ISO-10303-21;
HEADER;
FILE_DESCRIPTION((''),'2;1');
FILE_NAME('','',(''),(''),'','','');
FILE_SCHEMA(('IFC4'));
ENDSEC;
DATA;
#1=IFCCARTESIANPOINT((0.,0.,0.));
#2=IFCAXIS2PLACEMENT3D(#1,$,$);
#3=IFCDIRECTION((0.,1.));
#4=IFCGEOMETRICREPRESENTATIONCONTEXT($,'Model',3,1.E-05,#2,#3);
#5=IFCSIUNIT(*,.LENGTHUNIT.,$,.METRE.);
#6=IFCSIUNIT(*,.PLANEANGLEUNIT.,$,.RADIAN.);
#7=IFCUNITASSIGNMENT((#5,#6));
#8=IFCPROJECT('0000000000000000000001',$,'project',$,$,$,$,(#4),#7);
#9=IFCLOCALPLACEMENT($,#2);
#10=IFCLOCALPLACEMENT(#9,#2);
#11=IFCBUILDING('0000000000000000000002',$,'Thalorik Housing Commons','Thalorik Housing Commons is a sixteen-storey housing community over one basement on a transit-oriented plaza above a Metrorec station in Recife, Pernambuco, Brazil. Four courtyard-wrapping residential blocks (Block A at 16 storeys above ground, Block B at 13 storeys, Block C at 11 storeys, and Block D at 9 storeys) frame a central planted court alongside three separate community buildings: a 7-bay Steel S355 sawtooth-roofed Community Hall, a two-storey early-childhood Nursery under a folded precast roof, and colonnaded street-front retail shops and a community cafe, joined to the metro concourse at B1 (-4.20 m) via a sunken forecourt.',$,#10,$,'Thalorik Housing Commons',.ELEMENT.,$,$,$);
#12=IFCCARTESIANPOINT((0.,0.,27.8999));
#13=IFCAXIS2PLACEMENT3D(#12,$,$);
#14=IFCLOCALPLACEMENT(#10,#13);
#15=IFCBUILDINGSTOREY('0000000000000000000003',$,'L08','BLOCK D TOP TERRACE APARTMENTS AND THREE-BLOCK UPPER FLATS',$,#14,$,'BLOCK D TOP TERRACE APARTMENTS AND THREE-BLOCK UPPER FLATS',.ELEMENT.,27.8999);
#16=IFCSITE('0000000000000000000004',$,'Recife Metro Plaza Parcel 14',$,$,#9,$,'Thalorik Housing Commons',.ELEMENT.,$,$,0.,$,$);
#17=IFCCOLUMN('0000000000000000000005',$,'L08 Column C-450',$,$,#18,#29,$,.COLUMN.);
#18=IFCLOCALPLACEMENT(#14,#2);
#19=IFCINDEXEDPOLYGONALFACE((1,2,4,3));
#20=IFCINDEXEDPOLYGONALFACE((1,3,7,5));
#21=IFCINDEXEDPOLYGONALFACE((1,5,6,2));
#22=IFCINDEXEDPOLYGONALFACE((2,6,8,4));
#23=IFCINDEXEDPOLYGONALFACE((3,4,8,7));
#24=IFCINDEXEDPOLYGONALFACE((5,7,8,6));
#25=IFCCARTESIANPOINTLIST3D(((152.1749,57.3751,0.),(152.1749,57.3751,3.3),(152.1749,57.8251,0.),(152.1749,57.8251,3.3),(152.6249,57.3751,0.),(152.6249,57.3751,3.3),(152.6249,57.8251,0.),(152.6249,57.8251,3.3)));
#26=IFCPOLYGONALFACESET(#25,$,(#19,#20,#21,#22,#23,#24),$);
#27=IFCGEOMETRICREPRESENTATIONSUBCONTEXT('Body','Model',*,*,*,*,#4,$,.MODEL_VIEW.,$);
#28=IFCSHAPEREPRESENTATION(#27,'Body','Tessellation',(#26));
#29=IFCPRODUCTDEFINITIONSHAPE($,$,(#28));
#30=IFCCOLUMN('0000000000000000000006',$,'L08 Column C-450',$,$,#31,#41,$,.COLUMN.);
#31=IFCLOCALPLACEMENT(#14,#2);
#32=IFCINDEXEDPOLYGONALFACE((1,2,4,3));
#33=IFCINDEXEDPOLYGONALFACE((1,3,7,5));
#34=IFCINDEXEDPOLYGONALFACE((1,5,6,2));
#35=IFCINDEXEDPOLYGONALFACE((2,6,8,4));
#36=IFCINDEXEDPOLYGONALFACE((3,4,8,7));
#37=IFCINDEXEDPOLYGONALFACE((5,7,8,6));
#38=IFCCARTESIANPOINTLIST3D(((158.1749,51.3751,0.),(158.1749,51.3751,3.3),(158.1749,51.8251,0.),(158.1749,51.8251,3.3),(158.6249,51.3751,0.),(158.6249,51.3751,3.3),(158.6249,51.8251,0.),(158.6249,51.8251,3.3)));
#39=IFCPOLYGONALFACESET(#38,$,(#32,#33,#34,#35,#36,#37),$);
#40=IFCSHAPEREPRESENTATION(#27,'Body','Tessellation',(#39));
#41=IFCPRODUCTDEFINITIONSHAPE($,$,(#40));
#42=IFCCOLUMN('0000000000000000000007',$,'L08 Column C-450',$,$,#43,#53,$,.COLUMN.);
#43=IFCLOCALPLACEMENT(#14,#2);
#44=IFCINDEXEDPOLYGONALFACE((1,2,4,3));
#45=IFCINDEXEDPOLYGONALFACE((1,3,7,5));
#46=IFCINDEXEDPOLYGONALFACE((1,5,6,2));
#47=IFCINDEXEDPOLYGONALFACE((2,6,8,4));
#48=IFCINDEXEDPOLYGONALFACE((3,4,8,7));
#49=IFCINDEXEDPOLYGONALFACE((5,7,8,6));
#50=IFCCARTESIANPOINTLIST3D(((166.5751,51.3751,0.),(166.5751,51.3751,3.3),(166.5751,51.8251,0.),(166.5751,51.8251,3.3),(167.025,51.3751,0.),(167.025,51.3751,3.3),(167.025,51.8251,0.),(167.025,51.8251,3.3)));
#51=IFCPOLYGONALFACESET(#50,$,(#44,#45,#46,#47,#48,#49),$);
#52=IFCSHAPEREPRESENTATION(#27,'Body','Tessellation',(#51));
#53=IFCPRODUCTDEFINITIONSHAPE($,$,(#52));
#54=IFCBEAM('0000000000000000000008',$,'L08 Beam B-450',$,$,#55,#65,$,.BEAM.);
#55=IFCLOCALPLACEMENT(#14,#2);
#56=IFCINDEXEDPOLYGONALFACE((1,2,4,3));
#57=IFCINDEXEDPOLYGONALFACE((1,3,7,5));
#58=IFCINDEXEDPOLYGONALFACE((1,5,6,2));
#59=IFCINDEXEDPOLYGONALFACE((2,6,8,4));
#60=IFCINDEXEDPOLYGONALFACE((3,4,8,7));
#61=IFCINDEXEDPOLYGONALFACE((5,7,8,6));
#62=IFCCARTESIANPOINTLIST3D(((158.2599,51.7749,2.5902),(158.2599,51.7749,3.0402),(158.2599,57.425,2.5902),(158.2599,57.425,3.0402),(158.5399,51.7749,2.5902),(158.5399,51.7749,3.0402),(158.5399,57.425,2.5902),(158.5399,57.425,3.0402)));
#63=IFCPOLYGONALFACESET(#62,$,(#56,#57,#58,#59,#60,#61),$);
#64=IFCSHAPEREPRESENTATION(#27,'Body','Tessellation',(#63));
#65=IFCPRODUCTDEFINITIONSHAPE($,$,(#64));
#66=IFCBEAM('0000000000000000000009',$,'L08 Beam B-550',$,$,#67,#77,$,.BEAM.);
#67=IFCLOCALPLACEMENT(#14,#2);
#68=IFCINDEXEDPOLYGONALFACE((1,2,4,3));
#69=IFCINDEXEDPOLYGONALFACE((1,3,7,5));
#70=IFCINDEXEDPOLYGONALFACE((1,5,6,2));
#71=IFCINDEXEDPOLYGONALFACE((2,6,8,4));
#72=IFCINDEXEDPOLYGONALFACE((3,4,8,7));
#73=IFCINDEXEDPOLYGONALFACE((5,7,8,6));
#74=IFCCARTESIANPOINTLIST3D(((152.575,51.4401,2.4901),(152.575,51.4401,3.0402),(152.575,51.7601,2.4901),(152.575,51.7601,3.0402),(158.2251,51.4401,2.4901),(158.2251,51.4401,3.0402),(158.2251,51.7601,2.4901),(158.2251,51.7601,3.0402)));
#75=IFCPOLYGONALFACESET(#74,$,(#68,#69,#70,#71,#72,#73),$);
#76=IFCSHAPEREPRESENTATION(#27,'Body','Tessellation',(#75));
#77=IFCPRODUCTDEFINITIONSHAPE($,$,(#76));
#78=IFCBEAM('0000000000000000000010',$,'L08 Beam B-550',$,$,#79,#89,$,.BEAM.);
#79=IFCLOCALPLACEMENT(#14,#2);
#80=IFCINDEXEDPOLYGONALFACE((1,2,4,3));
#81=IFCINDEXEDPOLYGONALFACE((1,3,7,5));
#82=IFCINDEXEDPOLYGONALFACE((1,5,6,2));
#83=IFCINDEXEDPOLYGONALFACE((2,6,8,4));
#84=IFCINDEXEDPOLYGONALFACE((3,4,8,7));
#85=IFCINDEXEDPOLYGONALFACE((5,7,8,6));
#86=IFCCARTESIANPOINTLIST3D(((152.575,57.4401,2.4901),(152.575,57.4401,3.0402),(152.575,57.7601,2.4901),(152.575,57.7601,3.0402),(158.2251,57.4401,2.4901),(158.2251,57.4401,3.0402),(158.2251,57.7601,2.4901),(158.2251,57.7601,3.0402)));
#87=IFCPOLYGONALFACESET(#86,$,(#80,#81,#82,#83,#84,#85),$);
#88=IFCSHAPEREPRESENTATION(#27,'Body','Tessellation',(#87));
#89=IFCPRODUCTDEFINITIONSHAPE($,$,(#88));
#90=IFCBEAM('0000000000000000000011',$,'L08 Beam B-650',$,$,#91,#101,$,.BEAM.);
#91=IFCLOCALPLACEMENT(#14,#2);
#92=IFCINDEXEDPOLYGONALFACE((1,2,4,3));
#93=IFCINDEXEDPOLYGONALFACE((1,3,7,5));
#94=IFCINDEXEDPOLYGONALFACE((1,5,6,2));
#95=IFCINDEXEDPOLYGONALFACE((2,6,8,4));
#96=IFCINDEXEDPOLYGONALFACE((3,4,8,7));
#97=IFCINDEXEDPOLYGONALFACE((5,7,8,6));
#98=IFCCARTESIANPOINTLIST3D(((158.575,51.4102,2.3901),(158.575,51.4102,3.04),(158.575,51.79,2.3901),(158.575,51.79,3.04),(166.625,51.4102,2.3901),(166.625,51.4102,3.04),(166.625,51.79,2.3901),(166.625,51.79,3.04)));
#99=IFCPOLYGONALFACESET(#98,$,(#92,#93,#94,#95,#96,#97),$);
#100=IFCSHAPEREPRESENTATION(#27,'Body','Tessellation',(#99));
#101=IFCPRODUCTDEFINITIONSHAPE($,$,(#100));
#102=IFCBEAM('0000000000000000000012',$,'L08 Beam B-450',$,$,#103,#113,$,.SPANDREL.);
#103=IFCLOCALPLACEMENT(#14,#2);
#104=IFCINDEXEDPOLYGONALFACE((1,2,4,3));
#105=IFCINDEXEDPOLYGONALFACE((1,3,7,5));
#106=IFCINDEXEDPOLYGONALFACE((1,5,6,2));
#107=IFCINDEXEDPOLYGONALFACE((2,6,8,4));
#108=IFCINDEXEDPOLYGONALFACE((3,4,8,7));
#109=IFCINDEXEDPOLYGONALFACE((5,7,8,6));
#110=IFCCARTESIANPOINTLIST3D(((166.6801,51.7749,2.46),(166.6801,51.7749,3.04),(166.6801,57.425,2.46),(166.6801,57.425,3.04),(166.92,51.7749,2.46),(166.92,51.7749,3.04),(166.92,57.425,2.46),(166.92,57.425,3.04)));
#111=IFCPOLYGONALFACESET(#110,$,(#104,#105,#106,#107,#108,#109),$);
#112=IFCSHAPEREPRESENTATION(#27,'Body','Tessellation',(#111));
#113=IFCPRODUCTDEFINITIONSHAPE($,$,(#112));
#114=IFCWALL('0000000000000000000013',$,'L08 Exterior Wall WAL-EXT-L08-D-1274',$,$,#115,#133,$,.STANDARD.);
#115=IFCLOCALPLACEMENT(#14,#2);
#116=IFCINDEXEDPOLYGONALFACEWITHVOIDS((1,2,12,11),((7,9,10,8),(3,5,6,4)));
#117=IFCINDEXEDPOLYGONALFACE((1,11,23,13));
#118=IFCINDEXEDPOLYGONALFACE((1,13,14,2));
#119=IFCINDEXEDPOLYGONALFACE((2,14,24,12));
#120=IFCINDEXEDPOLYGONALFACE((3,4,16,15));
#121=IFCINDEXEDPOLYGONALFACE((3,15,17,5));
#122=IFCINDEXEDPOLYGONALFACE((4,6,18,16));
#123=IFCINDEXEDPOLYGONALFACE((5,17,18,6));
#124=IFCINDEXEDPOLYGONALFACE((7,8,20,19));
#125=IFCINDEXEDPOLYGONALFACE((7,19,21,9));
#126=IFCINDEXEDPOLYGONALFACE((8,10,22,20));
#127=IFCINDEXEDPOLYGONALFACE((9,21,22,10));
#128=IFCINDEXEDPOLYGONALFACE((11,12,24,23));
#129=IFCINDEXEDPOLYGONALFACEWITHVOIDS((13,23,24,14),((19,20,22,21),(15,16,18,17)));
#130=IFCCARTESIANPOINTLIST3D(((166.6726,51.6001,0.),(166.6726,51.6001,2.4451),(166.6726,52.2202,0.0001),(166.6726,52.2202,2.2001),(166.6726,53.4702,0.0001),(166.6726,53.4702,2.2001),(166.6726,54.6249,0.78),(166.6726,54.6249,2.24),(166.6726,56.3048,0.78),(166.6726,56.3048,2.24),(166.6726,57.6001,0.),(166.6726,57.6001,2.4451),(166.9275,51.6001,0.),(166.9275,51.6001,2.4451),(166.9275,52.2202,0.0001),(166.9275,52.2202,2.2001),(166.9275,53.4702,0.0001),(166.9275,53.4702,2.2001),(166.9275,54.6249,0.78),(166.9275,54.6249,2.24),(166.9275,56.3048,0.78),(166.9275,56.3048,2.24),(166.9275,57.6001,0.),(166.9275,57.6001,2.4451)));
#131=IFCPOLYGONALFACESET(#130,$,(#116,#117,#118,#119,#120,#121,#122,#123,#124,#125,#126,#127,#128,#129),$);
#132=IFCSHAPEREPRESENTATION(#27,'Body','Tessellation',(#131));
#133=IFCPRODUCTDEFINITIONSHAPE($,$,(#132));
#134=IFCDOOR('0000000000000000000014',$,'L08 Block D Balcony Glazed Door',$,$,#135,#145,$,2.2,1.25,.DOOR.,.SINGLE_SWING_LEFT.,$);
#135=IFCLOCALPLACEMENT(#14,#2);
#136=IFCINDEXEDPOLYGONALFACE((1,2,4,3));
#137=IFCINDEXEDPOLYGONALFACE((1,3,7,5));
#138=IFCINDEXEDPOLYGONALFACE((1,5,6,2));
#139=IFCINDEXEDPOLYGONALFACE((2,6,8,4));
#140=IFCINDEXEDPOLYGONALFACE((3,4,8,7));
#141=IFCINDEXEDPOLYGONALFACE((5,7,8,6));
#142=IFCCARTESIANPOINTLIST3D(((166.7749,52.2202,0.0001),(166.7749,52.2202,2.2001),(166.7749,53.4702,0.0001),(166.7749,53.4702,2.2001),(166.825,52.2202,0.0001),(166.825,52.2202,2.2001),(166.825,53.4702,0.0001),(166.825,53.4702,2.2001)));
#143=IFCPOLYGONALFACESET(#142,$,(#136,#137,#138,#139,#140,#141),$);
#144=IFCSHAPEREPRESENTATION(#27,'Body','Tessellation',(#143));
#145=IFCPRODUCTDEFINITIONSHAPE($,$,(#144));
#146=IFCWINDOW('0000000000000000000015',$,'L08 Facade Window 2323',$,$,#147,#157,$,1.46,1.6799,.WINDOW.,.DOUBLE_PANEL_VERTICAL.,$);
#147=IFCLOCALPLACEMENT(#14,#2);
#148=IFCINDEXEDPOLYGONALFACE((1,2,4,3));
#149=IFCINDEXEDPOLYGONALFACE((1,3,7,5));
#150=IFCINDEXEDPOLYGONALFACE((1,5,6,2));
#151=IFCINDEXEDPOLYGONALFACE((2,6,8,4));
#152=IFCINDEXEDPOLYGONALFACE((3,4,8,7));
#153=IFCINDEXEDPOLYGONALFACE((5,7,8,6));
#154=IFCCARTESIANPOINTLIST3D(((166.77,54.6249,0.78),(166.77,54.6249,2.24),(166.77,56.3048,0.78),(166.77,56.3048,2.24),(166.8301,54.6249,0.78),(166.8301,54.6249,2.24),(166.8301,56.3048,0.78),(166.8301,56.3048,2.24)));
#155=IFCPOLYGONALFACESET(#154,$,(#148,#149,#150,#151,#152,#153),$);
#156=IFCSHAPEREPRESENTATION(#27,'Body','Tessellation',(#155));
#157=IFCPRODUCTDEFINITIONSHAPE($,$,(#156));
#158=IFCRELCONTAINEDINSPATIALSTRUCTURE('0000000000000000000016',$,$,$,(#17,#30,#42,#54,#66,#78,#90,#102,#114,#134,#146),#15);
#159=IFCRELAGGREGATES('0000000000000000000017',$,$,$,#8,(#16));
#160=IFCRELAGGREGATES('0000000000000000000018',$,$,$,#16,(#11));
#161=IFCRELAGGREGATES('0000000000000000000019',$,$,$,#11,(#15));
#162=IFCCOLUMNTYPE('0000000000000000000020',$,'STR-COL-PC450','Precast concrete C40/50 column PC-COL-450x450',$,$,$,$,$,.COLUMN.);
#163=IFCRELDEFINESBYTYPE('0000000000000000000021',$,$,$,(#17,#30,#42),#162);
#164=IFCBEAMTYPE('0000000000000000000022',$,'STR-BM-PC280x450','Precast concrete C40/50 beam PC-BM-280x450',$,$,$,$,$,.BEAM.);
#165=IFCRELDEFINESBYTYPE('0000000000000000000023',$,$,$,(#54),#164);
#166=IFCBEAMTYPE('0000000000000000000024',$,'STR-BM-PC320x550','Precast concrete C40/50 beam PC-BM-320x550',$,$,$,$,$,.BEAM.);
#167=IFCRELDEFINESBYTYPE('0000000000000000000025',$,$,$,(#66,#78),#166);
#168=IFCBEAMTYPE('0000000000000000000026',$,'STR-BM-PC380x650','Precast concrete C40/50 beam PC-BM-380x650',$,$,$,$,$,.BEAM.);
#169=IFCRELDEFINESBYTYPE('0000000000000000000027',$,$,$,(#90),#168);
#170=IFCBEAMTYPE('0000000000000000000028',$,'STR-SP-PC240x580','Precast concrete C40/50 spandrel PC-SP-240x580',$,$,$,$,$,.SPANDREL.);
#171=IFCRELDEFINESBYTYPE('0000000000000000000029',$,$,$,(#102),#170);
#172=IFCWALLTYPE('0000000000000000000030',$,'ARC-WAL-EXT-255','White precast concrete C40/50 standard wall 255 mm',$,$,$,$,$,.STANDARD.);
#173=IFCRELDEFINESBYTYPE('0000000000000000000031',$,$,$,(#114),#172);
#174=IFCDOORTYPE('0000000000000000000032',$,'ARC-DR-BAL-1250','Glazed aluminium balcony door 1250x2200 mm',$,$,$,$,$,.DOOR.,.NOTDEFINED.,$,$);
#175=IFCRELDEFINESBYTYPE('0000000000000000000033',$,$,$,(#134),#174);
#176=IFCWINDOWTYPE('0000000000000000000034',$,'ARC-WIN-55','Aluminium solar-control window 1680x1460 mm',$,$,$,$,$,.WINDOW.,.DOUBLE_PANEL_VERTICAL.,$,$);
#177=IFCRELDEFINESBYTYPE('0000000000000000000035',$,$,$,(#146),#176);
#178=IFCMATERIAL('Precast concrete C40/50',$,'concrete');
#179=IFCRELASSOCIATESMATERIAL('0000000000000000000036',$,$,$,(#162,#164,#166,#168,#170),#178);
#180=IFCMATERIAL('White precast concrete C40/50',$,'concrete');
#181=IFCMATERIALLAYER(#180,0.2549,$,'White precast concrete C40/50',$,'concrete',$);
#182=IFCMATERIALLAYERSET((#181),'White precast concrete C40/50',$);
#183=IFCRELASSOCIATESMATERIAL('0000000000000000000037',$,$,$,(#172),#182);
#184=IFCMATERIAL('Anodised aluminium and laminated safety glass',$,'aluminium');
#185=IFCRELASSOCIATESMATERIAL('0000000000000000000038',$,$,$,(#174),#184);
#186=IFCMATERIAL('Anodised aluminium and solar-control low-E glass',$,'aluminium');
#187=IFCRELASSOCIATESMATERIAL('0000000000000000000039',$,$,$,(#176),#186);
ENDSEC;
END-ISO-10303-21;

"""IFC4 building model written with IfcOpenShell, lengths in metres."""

from ifc_helpers import new_model, si_unit, direction, frame, frame_2d, origin, origin_2d, place, context, subcontext, project, spatial, rectangle, extrude, material, layer, layer_set, material_profile, profile_set, type_object, element, fill, save


model = new_model("IFC4")

# Units and contexts
model_context = context("Model", 3, precision=1e-05, world=origin(), true_north=direction((0.0, 1.0)))
body_context = subcontext(model_context, "Body", "Model", "MODEL_VIEW")
ifc_project = project(units=[si_unit("LENGTHUNIT", "METRE"), si_unit("PLANEANGLEUNIT", "RADIAN")], contexts=[model_context])

# Site, building, storey
site_placement = place(None, origin())
site = spatial("IfcSite", under=ifc_project, at=site_placement, Name="Recife Metro Plaza Parcel 14", LongName="Thalorik Housing Commons", CompositionType="ELEMENT", RefElevation=0.0)
building_placement = place(site_placement, origin())
building = spatial("IfcBuilding", under=site, at=building_placement, Name="Thalorik Housing Commons", Description="Thalorik Housing Commons is a sixteen-storey housing community over one basement on a transit-oriented plaza above a Metrorec station in Recife, Pernambuco, Brazil. Four courtyard-wrapping residential blocks (Block A at 16 storeys above ground, Block B at 13 storeys, Block C at 11 storeys, and Block D at 9 storeys) frame a central planted court alongside three separate community buildings: a 7-bay Steel S355 sawtooth-roofed Community Hall, a two-storey early-childhood Nursery under a folded precast roof, and colonnaded street-front retail shops and a community cafe, joined to the metro concourse at B1 (-4.20 m) via a sunken forecourt.", LongName="Thalorik Housing Commons", CompositionType="ELEMENT")
storey_placement = place(building_placement, frame((0.0, 0.0, 27.8999)))
storey = spatial("IfcBuildingStorey", under=building, at=storey_placement, Name="L08", Description="BLOCK D TOP TERRACE APARTMENTS AND THREE-BLOCK UPPER FLATS", LongName="BLOCK D TOP TERRACE APARTMENTS AND THREE-BLOCK UPPER FLATS", CompositionType="ELEMENT", Elevation=27.8999)

# Columns
ifc_material_1 = material(Name="Precast concrete C40/50", Category="concrete")
ifc_material_profile_1 = material_profile(ifc_material_1, rectangle(XDim=0.45, YDim=0.45, at=origin_2d()), Name="PC 450x450", Category="concrete")
ifc_profile_set_1 = profile_set([ifc_material_profile_1], Name="Precast concrete C40/50")
column_type = type_object("IfcColumnType", Name="STR-COL-PC450", Description="Precast concrete C40/50 column PC-COL-450x450", PredefinedType="COLUMN", material=ifc_profile_set_1)
for number, where, z_axis, x_axis, name in (
    (1, (152.3999, 57.6001, 0.0), (0.0, 0.0, 1.0), (1.0, 0.0, 0.0), "L08 Column C-450"),
    (2, (158.3999, 51.6001, 0.0), (0.0, 0.0, 1.0), (1.0, 0.0, 0.0), "L08 Column C-450"),
    (3, (166.8, 51.6001, 0.0), (0.0, 0.0, 1.0), (1.0, 0.0, 0.0), "L08 Column C-450"),
):
    element("IfcColumn", number, at=place(storey_placement, frame(where, z_axis=z_axis, x_axis=x_axis)), inside=storey, type_object=column_type, Name=name, PredefinedType="COLUMN", context=body_context, shape_type="SweptSolid", body=[
        extrude(rectangle(XDim=0.45, YDim=0.45, at=origin_2d()), origin(), (0.0, 0.0, 1.0), 3.3),
    ])

# Beams
ifc_material_profile_2 = material_profile(ifc_material_1, rectangle(XDim=0.28, YDim=0.45, at=origin_2d()), Name="PC 280x450", Category="concrete")
ifc_profile_set_2 = profile_set([ifc_material_profile_2], Name="Precast concrete C40/50")
beam_type_1 = type_object("IfcBeamType", Name="STR-BM-PC280x450", Description="Precast concrete C40/50 beam PC-BM-280x450", PredefinedType="BEAM", material=ifc_profile_set_2)
beam_1_placement = place(storey_placement, frame((158.3999, 51.7749, 2.8152), z_axis=(0.0, 1.0, 0.0), x_axis=(-1.0, 0.0, 0.0)))
element("IfcBeam", 4, at=beam_1_placement, inside=storey, type_object=beam_type_1, Name="L08 Beam B-450", PredefinedType="BEAM", context=body_context, shape_type="SweptSolid", body=[
    extrude(rectangle(XDim=0.28, YDim=0.45, at=origin_2d()), origin(), (0.0, 0.0, 1.0), 5.6501),
])
ifc_material_profile_3 = material_profile(ifc_material_1, rectangle(XDim=0.3201, YDim=0.55, at=origin_2d()), Name="PC 320x550", Category="concrete")
ifc_profile_set_3 = profile_set([ifc_material_profile_3], Name="Precast concrete C40/50")
beam_type_2 = type_object("IfcBeamType", Name="STR-BM-PC320x550", Description="Precast concrete C40/50 beam PC-BM-320x550", PredefinedType="BEAM", material=ifc_profile_set_3)
for number, where, z_axis, x_axis, name in (
    (5, (152.575, 51.6001, 2.7651), (1.0, 0.0, 0.0), (0.0, 1.0, 0.0), "L08 Beam B-550"),
    (6, (152.575, 57.6001, 2.7651), (1.0, 0.0, 0.0), (0.0, 1.0, 0.0), "L08 Beam B-550"),
):
    element("IfcBeam", number, at=place(storey_placement, frame(where, z_axis=z_axis, x_axis=x_axis)), inside=storey, type_object=beam_type_2, Name=name, PredefinedType="BEAM", context=body_context, shape_type="SweptSolid", body=[
        extrude(rectangle(XDim=0.3201, YDim=0.55, at=origin_2d()), origin(), (0.0, 0.0, 1.0), 5.6501),
    ])
ifc_material_profile_4 = material_profile(ifc_material_1, rectangle(XDim=0.3799, YDim=0.6499, at=origin_2d()), Name="PC 380x650", Category="concrete")
ifc_profile_set_4 = profile_set([ifc_material_profile_4], Name="Precast concrete C40/50")
beam_type_3 = type_object("IfcBeamType", Name="STR-BM-PC380x650", Description="Precast concrete C40/50 beam PC-BM-380x650", PredefinedType="BEAM", material=ifc_profile_set_4)
beam_2_placement = place(storey_placement, frame((158.575, 51.6001, 2.7151), z_axis=(1.0, 0.0, 0.0), x_axis=(0.0, 1.0, 0.0)))
element("IfcBeam", 7, at=beam_2_placement, inside=storey, type_object=beam_type_3, Name="L08 Beam B-650", PredefinedType="BEAM", context=body_context, shape_type="SweptSolid", body=[
    extrude(rectangle(XDim=0.3799, YDim=0.6499, at=origin_2d()), origin(), (0.0, 0.0, 1.0), 8.05),
])
ifc_material_profile_5 = material_profile(ifc_material_1, rectangle(XDim=0.24, YDim=0.5801, at=origin_2d()), Name="PC SP 240x580", Category="concrete")
ifc_profile_set_5 = profile_set([ifc_material_profile_5], Name="Precast concrete C40/50")
beam_type_4 = type_object("IfcBeamType", Name="STR-SP-PC240x580", Description="Precast concrete C40/50 spandrel PC-SP-240x580", PredefinedType="SPANDREL", material=ifc_profile_set_5)
beam_3_placement = place(storey_placement, frame((166.8, 51.7749, 2.75), z_axis=(0.0, 1.0, 0.0), x_axis=(-1.0, 0.0, 0.0)))
element("IfcBeam", 8, at=beam_3_placement, inside=storey, type_object=beam_type_4, Name="L08 Beam B-450", PredefinedType="SPANDREL", context=body_context, shape_type="SweptSolid", body=[
    extrude(rectangle(XDim=0.24, YDim=0.5801, at=origin_2d()), origin(), (0.0, 0.0, 1.0), 5.6501),
])

# Wall, openings, door, window
ifc_material_2 = material(Name="White precast concrete C40/50", Category="concrete")
ifc_layer_1 = layer(ifc_material_2, 0.2549, Name="White precast concrete C40/50", Category="concrete")
ifc_layer_set_1 = layer_set([ifc_layer_1], Name="White precast concrete C40/50")
wall_type_1 = type_object("IfcWallType", Name="ARC-WAL-EXT-255", Description="White precast concrete C40/50 standard wall 255 mm", PredefinedType="STANDARD", material=ifc_layer_set_1)
wall_1_placement = place(storey_placement, frame((166.8, 51.6001, 0.0), z_axis=(0.0, 0.0, 1.0), x_axis=(0.0, 1.0, 0.0)))
wall_1 = element("IfcWall", 9, at=wall_1_placement, inside=storey, type_object=wall_type_1, Name="L08 Exterior Wall WAL-EXT-L08-D-1274", PredefinedType="STANDARD", context=body_context, shape_type="SweptSolid", body=[
    extrude(rectangle(XDim=6.0, YDim=0.2549, at=frame_2d((3.0, 0.0))), origin(), (0.0, 0.0, 1.0), 2.4451),
])
opening_1_placement = place(wall_1_placement, frame((0.6201, 0.0, 0.0)))
opening_1 = element("IfcOpeningElement", 10, at=opening_1_placement, cuts=wall_1, PredefinedType="OPENING", context=body_context, shape_type="SweptSolid", body=[
    extrude(rectangle(XDim=1.25, YDim=2.2, at=frame_2d((0.625, 1.1001))), frame((0.0, 0.1375, 0.0), z_axis=(0.0, -1.0, 0.0), x_axis=(1.0, 0.0, 0.0)), (0.0, 0.0, 1.0), 0.2749),
])
opening_2_placement = place(wall_1_placement, frame((3.0249, 0.0, 0.78)))
opening_2 = element("IfcOpeningElement", 11, at=opening_2_placement, cuts=wall_1, PredefinedType="OPENING", context=body_context, shape_type="SweptSolid", body=[
    extrude(rectangle(XDim=1.6799, YDim=1.46, at=frame_2d((0.8398, 0.73))), frame((0.0, 0.1375, 0.0), z_axis=(0.0, -1.0, 0.0), x_axis=(1.0, 0.0, 0.0)), (0.0, 0.0, 1.0), 0.2749),
])
ifc_material_3 = material(Name="Anodised aluminium and laminated safety glass", Category="aluminium")
door_type_1 = type_object("IfcDoorType", Name="ARC-DR-BAL-1250", Description="Glazed aluminium balcony door 1250x2200 mm", OperationType="NOTDEFINED", PredefinedType="DOOR", material=ifc_material_3)
door_1_placement = place(opening_1_placement, frame((1.25, 0.0, 0.0), z_axis=(0.0, 0.0, 1.0), x_axis=(-1.0, 0.0, 0.0)))
door_1 = element("IfcDoor", 12, at=door_1_placement, inside=storey, type_object=door_type_1, Name="L08 Block D Balcony Glazed Door", OperationType="SINGLE_SWING_LEFT", OverallHeight=2.2, OverallWidth=1.25, PredefinedType="DOOR", context=body_context, shape_type="SweptSolid", body=[
    extrude(rectangle(XDim=1.25, YDim=2.2, at=frame_2d((0.625, 1.1001))), frame((0.0, 0.0249, 0.0), z_axis=(0.0, -1.0, 0.0), x_axis=(1.0, 0.0, 0.0)), (0.0, 0.0, 1.0), 0.05),
])
fill(opening_1, door_1)
ifc_material_4 = material(Name="Anodised aluminium and solar-control low-E glass", Category="aluminium")
window_type = type_object("IfcWindowType", Name="ARC-WIN-55", Description="Aluminium solar-control window 1680x1460 mm", PartitioningType="DOUBLE_PANEL_VERTICAL", PredefinedType="WINDOW", material=ifc_material_4)
window_placement = place(opening_2_placement, origin())
window = element("IfcWindow", 13, at=window_placement, inside=storey, type_object=window_type, Name="L08 Facade Window 2323", OverallHeight=1.46, OverallWidth=1.6799, PartitioningType="DOUBLE_PANEL_VERTICAL", PredefinedType="WINDOW", context=body_context, shape_type="SweptSolid", body=[
    extrude(rectangle(XDim=1.6799, YDim=1.46, at=frame_2d((0.8398, 0.73))), frame((0.0, 0.03, 0.0), z_axis=(0.0, -1.0, 0.0), x_axis=(1.0, 0.0, 0.0)), (0.0, 0.0, 1.0), 0.0601),
])
fill(opening_2, window)

save(model, "model.ifc")
